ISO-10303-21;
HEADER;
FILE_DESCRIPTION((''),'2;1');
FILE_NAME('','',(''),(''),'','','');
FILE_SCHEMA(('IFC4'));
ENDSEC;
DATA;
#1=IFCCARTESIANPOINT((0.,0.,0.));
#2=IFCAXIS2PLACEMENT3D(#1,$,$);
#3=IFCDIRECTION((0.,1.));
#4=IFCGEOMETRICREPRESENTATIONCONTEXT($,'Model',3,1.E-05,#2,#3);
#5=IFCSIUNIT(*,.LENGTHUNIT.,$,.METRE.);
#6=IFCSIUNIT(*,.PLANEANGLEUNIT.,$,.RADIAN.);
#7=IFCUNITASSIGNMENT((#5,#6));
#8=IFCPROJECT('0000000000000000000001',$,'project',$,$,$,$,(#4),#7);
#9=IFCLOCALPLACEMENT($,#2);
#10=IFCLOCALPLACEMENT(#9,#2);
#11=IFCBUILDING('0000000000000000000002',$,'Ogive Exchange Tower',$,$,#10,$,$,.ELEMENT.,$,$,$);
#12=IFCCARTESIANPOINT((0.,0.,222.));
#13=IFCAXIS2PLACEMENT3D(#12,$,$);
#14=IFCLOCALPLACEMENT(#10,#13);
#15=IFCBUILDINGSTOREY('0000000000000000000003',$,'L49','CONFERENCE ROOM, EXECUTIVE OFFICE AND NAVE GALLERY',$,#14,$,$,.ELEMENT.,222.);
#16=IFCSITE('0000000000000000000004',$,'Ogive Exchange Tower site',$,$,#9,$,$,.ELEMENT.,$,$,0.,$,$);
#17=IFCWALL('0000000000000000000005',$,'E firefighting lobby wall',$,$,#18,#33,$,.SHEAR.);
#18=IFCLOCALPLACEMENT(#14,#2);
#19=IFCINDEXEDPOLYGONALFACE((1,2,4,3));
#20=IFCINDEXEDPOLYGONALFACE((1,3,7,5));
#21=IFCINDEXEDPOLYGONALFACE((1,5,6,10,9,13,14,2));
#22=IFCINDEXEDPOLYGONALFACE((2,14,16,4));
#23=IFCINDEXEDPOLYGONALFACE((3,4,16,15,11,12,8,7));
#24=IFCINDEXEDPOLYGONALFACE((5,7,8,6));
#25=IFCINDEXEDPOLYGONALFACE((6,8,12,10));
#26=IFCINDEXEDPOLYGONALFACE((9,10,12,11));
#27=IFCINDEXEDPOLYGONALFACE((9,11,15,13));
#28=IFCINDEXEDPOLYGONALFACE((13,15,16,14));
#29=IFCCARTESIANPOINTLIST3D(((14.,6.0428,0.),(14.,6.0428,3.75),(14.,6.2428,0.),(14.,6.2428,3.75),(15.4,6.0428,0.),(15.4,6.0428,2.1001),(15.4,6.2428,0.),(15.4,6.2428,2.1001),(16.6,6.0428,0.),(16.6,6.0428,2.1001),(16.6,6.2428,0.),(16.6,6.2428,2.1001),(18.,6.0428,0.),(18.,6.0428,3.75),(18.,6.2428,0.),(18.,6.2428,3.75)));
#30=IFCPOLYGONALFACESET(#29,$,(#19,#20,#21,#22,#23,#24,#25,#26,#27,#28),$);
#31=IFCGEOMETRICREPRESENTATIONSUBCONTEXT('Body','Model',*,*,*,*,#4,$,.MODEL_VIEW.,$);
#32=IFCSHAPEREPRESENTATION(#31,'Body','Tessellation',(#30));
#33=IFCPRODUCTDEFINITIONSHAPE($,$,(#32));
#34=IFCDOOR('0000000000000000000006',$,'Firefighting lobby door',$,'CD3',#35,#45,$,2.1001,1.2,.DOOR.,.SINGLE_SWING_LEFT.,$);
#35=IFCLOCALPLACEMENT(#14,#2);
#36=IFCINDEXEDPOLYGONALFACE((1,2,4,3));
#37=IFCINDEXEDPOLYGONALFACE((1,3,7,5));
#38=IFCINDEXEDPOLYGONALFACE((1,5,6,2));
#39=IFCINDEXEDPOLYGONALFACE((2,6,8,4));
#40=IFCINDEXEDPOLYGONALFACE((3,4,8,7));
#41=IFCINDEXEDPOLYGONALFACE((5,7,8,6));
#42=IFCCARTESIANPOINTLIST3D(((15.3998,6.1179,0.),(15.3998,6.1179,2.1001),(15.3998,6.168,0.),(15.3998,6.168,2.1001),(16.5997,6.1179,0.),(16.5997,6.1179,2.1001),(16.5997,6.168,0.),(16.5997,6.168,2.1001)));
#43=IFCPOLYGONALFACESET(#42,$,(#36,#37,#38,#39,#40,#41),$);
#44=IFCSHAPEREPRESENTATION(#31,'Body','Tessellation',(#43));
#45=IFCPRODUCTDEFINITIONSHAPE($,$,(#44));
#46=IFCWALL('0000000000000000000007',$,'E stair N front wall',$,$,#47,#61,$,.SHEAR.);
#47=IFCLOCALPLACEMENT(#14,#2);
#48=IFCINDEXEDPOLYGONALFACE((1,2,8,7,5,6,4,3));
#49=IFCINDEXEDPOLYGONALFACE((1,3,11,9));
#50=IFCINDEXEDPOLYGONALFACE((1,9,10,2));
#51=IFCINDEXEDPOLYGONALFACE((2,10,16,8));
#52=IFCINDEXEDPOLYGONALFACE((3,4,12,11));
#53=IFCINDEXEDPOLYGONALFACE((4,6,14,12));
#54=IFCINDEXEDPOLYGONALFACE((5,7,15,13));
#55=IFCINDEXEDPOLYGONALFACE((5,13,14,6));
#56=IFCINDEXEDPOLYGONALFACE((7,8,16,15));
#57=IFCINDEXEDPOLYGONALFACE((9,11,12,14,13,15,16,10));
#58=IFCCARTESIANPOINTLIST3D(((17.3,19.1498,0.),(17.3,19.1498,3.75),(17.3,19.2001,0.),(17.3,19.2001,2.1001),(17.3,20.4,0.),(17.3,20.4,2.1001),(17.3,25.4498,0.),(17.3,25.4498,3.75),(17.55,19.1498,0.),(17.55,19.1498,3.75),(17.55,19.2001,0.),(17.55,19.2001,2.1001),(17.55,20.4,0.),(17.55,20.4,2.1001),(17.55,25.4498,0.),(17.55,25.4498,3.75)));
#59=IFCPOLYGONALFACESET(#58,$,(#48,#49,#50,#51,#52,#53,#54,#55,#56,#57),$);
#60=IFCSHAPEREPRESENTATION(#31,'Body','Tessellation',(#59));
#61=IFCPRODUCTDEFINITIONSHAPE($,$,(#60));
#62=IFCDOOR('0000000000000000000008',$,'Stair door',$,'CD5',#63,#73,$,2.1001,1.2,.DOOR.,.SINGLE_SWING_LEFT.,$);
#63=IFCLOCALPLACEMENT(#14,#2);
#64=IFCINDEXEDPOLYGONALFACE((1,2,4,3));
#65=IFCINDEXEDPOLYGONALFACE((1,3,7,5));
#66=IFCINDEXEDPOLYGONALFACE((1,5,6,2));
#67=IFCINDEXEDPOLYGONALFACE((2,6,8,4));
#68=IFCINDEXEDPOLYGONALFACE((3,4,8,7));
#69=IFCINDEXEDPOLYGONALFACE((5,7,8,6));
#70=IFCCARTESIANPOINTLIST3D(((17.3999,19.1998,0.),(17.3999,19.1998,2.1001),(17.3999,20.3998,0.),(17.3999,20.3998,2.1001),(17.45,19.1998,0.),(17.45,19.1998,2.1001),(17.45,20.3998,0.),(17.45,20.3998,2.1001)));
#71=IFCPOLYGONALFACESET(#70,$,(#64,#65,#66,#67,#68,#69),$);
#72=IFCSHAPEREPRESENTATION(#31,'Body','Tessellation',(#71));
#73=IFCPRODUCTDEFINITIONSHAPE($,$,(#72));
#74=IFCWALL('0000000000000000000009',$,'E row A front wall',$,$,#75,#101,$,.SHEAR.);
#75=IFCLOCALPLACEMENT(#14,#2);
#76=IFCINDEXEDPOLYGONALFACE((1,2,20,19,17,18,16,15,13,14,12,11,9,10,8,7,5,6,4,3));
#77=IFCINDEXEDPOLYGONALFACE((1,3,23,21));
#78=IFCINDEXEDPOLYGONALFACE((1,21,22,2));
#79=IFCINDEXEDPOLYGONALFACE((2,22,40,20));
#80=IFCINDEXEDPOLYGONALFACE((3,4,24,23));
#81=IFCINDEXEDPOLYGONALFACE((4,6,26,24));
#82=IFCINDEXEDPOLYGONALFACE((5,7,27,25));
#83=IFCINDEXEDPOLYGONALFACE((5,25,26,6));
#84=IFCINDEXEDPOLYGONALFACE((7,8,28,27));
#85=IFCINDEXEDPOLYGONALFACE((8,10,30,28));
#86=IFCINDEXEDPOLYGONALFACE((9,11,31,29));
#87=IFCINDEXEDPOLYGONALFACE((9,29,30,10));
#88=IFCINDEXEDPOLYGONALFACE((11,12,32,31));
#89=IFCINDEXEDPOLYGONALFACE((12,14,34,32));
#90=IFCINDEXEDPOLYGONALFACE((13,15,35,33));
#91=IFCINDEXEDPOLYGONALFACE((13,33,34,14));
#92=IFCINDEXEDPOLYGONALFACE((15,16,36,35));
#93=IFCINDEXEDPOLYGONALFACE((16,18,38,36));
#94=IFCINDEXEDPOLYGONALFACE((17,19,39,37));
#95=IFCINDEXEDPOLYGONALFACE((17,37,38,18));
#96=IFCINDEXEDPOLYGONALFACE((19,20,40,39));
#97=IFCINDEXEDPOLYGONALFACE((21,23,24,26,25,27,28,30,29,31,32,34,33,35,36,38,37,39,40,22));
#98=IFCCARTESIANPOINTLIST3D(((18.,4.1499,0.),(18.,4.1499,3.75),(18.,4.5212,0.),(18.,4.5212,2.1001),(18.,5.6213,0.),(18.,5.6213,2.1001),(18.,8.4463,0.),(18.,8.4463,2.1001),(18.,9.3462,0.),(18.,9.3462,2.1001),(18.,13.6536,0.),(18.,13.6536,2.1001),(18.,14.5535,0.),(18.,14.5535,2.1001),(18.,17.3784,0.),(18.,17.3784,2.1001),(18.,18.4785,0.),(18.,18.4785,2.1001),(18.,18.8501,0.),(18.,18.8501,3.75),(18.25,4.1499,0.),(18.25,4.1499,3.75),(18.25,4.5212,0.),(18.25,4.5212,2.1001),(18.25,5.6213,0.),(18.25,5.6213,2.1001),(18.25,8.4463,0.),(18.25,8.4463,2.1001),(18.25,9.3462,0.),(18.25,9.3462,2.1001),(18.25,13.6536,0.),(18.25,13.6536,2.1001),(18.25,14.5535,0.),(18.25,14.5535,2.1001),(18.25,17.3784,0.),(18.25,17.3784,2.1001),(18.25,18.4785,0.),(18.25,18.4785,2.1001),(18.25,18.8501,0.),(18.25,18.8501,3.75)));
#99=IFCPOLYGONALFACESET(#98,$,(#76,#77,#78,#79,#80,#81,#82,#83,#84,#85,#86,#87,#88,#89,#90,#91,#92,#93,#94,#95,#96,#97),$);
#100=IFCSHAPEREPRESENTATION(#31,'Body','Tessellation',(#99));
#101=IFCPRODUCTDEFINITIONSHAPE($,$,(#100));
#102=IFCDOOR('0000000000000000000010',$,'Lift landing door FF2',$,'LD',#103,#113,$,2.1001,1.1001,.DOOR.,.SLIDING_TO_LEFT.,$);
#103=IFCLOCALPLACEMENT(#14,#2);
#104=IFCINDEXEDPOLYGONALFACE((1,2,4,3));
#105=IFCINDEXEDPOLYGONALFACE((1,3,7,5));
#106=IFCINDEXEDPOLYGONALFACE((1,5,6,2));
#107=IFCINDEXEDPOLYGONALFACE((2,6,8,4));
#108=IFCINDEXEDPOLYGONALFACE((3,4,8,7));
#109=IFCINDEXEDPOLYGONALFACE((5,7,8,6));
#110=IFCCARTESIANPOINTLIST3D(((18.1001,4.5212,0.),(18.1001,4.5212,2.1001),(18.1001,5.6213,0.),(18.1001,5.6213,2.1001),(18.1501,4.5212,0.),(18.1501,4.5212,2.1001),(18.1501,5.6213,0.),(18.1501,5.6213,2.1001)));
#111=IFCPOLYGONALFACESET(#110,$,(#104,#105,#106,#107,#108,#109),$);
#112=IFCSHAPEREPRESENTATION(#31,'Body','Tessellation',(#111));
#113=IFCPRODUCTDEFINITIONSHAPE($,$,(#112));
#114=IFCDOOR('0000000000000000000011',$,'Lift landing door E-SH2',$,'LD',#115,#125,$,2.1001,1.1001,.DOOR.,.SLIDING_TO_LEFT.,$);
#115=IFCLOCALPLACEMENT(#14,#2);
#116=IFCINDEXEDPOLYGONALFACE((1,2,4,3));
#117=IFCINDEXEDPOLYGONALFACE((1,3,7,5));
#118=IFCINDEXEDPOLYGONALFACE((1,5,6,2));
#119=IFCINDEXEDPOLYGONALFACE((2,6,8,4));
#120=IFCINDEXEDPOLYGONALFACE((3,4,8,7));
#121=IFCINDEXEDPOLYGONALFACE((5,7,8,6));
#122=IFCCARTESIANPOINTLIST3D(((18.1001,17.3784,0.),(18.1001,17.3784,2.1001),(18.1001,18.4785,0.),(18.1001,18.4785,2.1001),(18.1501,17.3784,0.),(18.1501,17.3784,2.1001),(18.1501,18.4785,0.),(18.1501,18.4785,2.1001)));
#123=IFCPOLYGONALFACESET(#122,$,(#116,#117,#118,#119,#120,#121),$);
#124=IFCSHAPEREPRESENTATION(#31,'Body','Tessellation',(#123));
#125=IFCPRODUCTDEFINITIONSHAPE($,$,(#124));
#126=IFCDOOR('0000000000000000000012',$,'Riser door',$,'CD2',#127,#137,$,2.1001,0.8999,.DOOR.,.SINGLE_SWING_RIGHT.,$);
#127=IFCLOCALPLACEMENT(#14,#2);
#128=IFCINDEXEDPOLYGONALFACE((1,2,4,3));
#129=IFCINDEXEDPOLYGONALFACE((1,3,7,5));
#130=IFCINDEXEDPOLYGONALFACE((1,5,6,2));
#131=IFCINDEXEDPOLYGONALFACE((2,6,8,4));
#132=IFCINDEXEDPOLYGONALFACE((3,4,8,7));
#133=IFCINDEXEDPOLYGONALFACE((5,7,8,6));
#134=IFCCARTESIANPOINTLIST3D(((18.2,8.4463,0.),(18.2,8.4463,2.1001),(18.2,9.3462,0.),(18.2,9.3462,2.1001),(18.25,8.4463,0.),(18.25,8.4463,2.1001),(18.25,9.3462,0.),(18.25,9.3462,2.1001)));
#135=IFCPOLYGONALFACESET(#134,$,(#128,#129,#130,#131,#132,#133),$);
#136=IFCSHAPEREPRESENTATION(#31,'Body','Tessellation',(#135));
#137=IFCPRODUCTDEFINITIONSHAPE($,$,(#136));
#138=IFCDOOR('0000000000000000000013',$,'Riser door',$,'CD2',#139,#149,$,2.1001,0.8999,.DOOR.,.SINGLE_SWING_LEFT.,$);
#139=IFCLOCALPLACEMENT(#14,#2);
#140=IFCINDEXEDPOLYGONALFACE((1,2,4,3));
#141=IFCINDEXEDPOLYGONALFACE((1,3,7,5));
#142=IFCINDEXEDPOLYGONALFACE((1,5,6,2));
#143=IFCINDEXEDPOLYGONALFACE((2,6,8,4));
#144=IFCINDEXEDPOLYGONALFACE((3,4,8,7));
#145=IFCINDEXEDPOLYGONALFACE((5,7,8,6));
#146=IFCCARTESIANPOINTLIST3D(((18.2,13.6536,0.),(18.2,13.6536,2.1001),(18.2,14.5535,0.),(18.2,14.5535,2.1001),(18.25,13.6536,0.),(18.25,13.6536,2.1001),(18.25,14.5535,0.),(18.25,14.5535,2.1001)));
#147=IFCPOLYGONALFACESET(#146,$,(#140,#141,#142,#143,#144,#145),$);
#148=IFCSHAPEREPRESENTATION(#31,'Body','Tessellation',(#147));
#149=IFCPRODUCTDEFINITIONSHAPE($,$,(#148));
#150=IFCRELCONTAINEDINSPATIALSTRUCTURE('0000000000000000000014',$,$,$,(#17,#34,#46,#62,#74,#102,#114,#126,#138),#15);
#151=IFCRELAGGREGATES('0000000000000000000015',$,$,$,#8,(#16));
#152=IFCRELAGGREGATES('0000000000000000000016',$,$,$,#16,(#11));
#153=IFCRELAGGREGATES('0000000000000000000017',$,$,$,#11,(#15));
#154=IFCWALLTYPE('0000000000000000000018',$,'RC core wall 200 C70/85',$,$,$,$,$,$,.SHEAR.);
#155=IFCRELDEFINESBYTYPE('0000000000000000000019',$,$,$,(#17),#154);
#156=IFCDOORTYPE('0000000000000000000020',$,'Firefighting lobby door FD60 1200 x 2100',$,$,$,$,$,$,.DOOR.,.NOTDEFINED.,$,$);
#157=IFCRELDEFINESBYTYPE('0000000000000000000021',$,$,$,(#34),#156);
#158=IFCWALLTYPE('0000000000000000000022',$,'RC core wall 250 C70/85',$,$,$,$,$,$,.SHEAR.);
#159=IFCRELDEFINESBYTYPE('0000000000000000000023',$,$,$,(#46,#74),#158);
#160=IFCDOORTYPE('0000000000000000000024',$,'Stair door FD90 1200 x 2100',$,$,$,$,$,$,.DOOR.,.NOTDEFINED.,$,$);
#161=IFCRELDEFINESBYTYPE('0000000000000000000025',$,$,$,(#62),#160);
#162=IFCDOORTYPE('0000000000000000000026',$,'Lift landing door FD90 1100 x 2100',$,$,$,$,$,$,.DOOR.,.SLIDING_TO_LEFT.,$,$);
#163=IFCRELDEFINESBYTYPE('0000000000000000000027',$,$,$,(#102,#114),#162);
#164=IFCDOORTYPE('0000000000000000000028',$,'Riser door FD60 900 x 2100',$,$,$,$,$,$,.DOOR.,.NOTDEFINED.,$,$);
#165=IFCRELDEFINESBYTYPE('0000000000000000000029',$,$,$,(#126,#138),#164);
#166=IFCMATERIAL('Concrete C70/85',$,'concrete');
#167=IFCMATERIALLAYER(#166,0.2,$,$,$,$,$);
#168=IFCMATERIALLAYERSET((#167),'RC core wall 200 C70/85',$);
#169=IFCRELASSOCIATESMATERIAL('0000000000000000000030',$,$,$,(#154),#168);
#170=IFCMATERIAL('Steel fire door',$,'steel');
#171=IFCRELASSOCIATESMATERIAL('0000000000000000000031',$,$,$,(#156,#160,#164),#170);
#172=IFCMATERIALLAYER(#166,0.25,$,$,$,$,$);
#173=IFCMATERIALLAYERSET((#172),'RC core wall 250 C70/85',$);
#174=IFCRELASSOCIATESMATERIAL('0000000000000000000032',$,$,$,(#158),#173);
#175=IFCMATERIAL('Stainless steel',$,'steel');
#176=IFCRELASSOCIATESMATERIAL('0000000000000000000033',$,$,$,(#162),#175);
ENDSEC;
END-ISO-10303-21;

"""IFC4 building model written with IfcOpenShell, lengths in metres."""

from ifc_helpers import new_model, si_unit, direction, frame, frame_2d, origin, place, context, subcontext, project, spatial, rectangle, extrude, material, layer, layer_set, type_object, element, fill, save


model = new_model("IFC4")

# Units and contexts
model_context = context("Model", 3, precision=1e-05, world=origin(), true_north=direction((0.0, 1.0)))
body_context = subcontext(model_context, "Body", "Model", "MODEL_VIEW")
ifc_project = project(units=[si_unit("LENGTHUNIT", "METRE"), si_unit("PLANEANGLEUNIT", "RADIAN")], contexts=[model_context])

# Site, building, storey
site_placement = place(None, origin())
site = spatial("IfcSite", under=ifc_project, at=site_placement, Name="Ogive Exchange Tower site", CompositionType="ELEMENT", RefElevation=0.0)
building_placement = place(site_placement, origin())
building = spatial("IfcBuilding", under=site, at=building_placement, Name="Ogive Exchange Tower", CompositionType="ELEMENT")
storey_placement = place(building_placement, frame((0.0, 0.0, 222.0)))
storey = spatial("IfcBuildingStorey", under=building, at=storey_placement, Name="L49", Description="CONFERENCE ROOM, EXECUTIVE OFFICE AND NAVE GALLERY", CompositionType="ELEMENT", Elevation=222.0)

# Walls, openings, doors
ifc_material_1 = material(Name="Concrete C70/85", Category="concrete")
ifc_layer_1 = layer(ifc_material_1, 0.2)
ifc_layer_set_1 = layer_set([ifc_layer_1], Name="RC core wall 200 C70/85")
wall_type_1 = type_object("IfcWallType", Name="RC core wall 200 C70/85", PredefinedType="SHEAR", material=ifc_layer_set_1)
wall_1_placement = place(storey_placement, frame((14.0, 6.1428, 0.0), z_axis=(0.0, 0.0, 1.0), x_axis=(1.0, 0.0, 0.0)))
wall_1 = element("IfcWall", 1, at=wall_1_placement, inside=storey, type_object=wall_type_1, Name="E firefighting lobby wall", PredefinedType="SHEAR", context=body_context, shape_type="SweptSolid", body=[
    extrude(rectangle(XDim=4.0, YDim=0.2, at=frame_2d((2.0, 0.0))), origin(), (0.0, 0.0, 1.0), 3.75),
])
opening_1_placement = place(wall_1_placement, frame((1.3999, 0.0, 0.0)))
opening_1 = element("IfcOpeningElement", 2, at=opening_1_placement, cuts=wall_1, PredefinedType="OPENING", context=body_context, shape_type="SweptSolid", body=[
    extrude(rectangle(XDim=1.2, YDim=2.1001, at=frame_2d((0.6001, 1.05))), frame((0.0, 0.1099, 0.0), z_axis=(0.0, -1.0, 0.0), x_axis=(1.0, 0.0, 0.0)), (0.0, 0.0, 1.0), 0.22),
])
ifc_material_2 = material(Name="Steel fire door", Category="steel")
door_type_1 = type_object("IfcDoorType", Name="Firefighting lobby door FD60 1200 x 2100", OperationType="NOTDEFINED", PredefinedType="DOOR", material=ifc_material_2)
door_1_placement = place(opening_1_placement, frame((1.2, 0.0, 0.0), z_axis=(0.0, 0.0, 1.0), x_axis=(-1.0, 0.0, 0.0)))
door_1 = element("IfcDoor", 3, at=door_1_placement, inside=storey, type_object=door_type_1, Name="Firefighting lobby door", ObjectType="CD3", OperationType="SINGLE_SWING_LEFT", OverallHeight=2.1001, OverallWidth=1.2, PredefinedType="DOOR", context=body_context, shape_type="SweptSolid", body=[
    extrude(rectangle(XDim=1.2, YDim=2.1001, at=frame_2d((0.6001, 1.05))), frame((0.0, 0.0249, 0.0), z_axis=(0.0, -1.0, 0.0), x_axis=(1.0, 0.0, 0.0)), (0.0, 0.0, 1.0), 0.05),
])
fill(opening_1, door_1)
ifc_layer_2 = layer(ifc_material_1, 0.25)
ifc_layer_set_2 = layer_set([ifc_layer_2], Name="RC core wall 250 C70/85")
wall_type_2 = type_object("IfcWallType", Name="RC core wall 250 C70/85", PredefinedType="SHEAR", material=ifc_layer_set_2)
wall_2_placement = place(storey_placement, frame((17.425, 19.1499, 0.0), z_axis=(0.0, 0.0, 1.0), x_axis=(0.0, 1.0, 0.0)))
wall_2 = element("IfcWall", 4, at=wall_2_placement, inside=storey, type_object=wall_type_2, Name="E stair N front wall", PredefinedType="SHEAR", context=body_context, shape_type="SweptSolid", body=[
    extrude(rectangle(XDim=6.3, YDim=0.25, at=frame_2d((3.1499, 0.0))), origin(), (0.0, 0.0, 1.0), 3.75),
])
opening_2_placement = place(wall_2_placement, frame((0.05, 0.0, 0.0)))
opening_2 = element("IfcOpeningElement", 5, at=opening_2_placement, cuts=wall_2, PredefinedType="OPENING", context=body_context, shape_type="SweptSolid", body=[
    extrude(rectangle(XDim=1.2, YDim=2.1001, at=frame_2d((0.6001, 1.05))), frame((0.0, 0.135, 0.0), z_axis=(0.0, -1.0, 0.0), x_axis=(1.0, 0.0, 0.0)), (0.0, 0.0, 1.0), 0.27),
])
door_type_2 = type_object("IfcDoorType", Name="Stair door FD90 1200 x 2100", OperationType="NOTDEFINED", PredefinedType="DOOR", material=ifc_material_2)
door_2_placement = place(opening_2_placement, frame((1.2, 0.0, 0.0), z_axis=(0.0, 0.0, 1.0), x_axis=(-1.0, 0.0, 0.0)))
door_2 = element("IfcDoor", 6, at=door_2_placement, inside=storey, type_object=door_type_2, Name="Stair door", ObjectType="CD5", OperationType="SINGLE_SWING_LEFT", OverallHeight=2.1001, OverallWidth=1.2, PredefinedType="DOOR", context=body_context, shape_type="SweptSolid", body=[
    extrude(rectangle(XDim=1.2, YDim=2.1001, at=frame_2d((0.6001, 1.05))), frame((0.0, 0.0249, 0.0), z_axis=(0.0, -1.0, 0.0), x_axis=(1.0, 0.0, 0.0)), (0.0, 0.0, 1.0), 0.05),
])
fill(opening_2, door_2)

# Wall, openings, doors
wall_3_placement = place(storey_placement, frame((18.125, 4.1499, 0.0), z_axis=(0.0, 0.0, 1.0), x_axis=(0.0, 1.0, 0.0)))
wall_3 = element("IfcWall", 7, at=wall_3_placement, inside=storey, type_object=wall_type_2, Name="E row A front wall", PredefinedType="SHEAR", context=body_context, shape_type="SweptSolid", body=[
    extrude(rectangle(XDim=14.7002, YDim=0.25, at=frame_2d((7.3501, 0.0))), origin(), (0.0, 0.0, 1.0), 3.75),
])
opening_3_placement = place(wall_3_placement, frame((4.2964, 0.0, 0.0)))
opening_3 = element("IfcOpeningElement", 8, at=opening_3_placement, cuts=wall_3, PredefinedType="OPENING", context=body_context, shape_type="SweptSolid", body=[
    extrude(rectangle(XDim=0.8999, YDim=2.1001, at=frame_2d((0.45, 1.05))), frame((0.0, 0.135, 0.0), z_axis=(0.0, -1.0, 0.0), x_axis=(1.0, 0.0, 0.0)), (0.0, 0.0, 1.0), 0.27),
])
opening_4_placement = place(wall_3_placement, frame((9.5037, 0.0, 0.0)))
opening_4 = element("IfcOpeningElement", 9, at=opening_4_placement, cuts=wall_3, PredefinedType="OPENING", context=body_context, shape_type="SweptSolid", body=[
    extrude(rectangle(XDim=0.8999, YDim=2.1001, at=frame_2d((0.45, 1.05))), frame((0.0, 0.135, 0.0), z_axis=(0.0, -1.0, 0.0), x_axis=(1.0, 0.0, 0.0)), (0.0, 0.0, 1.0), 0.27),
])
opening_5_placement = place(wall_3_placement, frame((0.3713, 0.0, 0.0)))
opening_5 = element("IfcOpeningElement", 10, at=opening_5_placement, cuts=wall_3, PredefinedType="OPENING", context=body_context, shape_type="SweptSolid", body=[
    extrude(rectangle(XDim=1.1001, YDim=2.1001, at=frame_2d((0.55, 1.05))), frame((0.0, 0.135, 0.0), z_axis=(0.0, -1.0, 0.0), x_axis=(1.0, 0.0, 0.0)), (0.0, 0.0, 1.0), 0.27),
])
opening_6_placement = place(wall_3_placement, frame((13.2285, 0.0, 0.0)))
opening_6 = element("IfcOpeningElement", 11, at=opening_6_placement, cuts=wall_3, PredefinedType="OPENING", context=body_context, shape_type="SweptSolid", body=[
    extrude(rectangle(XDim=1.1001, YDim=2.1001, at=frame_2d((0.55, 1.05))), frame((0.0, 0.135, 0.0), z_axis=(0.0, -1.0, 0.0), x_axis=(1.0, 0.0, 0.0)), (0.0, 0.0, 1.0), 0.27),
])
ifc_material_3 = material(Name="Stainless steel", Category="steel")
door_type_3 = type_object("IfcDoorType", Name="Lift landing door FD90 1100 x 2100", OperationType="SLIDING_TO_LEFT", PredefinedType="DOOR", material=ifc_material_3)
door_3_placement = place(opening_5_placement, origin())
door_3 = element("IfcDoor", 12, at=door_3_placement, inside=storey, type_object=door_type_3, Name="Lift landing door FF2", ObjectType="LD", OperationType="SLIDING_TO_LEFT", OverallHeight=2.1001, OverallWidth=1.1001, PredefinedType="DOOR", context=body_context, shape_type="SweptSolid", body=[
    extrude(rectangle(XDim=1.1001, YDim=2.1001, at=frame_2d((0.55, 1.05))), frame((0.0, 0.0249, 0.0), z_axis=(0.0, -1.0, 0.0), x_axis=(1.0, 0.0, 0.0)), (0.0, 0.0, 1.0), 0.05),
])
fill(opening_5, door_3)
door_4_placement = place(opening_6_placement, origin())
door_4 = element("IfcDoor", 13, at=door_4_placement, inside=storey, type_object=door_type_3, Name="Lift landing door E-SH2", ObjectType="LD", OperationType="SLIDING_TO_LEFT", OverallHeight=2.1001, OverallWidth=1.1001, PredefinedType="DOOR", context=body_context, shape_type="SweptSolid", body=[
    extrude(rectangle(XDim=1.1001, YDim=2.1001, at=frame_2d((0.55, 1.05))), frame((0.0, 0.0249, 0.0), z_axis=(0.0, -1.0, 0.0), x_axis=(1.0, 0.0, 0.0)), (0.0, 0.0, 1.0), 0.05),
])
fill(opening_6, door_4)
door_type_4 = type_object("IfcDoorType", Name="Riser door FD60 900 x 2100", OperationType="NOTDEFINED", PredefinedType="DOOR", material=ifc_material_2)
door_5_placement = place(opening_3_placement, frame((0.8999, -0.2002, 0.0), z_axis=(0.0, 0.0, 1.0), x_axis=(-1.0, 0.0, 0.0)))
door_5 = element("IfcDoor", 14, at=door_5_placement, inside=storey, type_object=door_type_4, Name="Riser door", ObjectType="CD2", OperationType="SINGLE_SWING_RIGHT", OverallHeight=2.1001, OverallWidth=0.8999, PredefinedType="DOOR", context=body_context, shape_type="SweptSolid", body=[
    extrude(rectangle(XDim=0.8999, YDim=2.1001, at=frame_2d((0.45, 1.05))), frame((0.0, -0.0752, 0.0), z_axis=(0.0, -1.0, 0.0), x_axis=(1.0, 0.0, 0.0)), (0.0, 0.0, 1.0), 0.05),
])
fill(opening_3, door_5)
door_6_placement = place(opening_4_placement, frame((0.8999, -0.2002, 0.0), z_axis=(0.0, 0.0, 1.0), x_axis=(-1.0, 0.0, 0.0)))
door_6 = element("IfcDoor", 15, at=door_6_placement, inside=storey, type_object=door_type_4, Name="Riser door", ObjectType="CD2", OperationType="SINGLE_SWING_LEFT", OverallHeight=2.1001, OverallWidth=0.8999, PredefinedType="DOOR", context=body_context, shape_type="SweptSolid", body=[
    extrude(rectangle(XDim=0.8999, YDim=2.1001, at=frame_2d((0.45, 1.05))), frame((0.0, -0.0752, 0.0), z_axis=(0.0, -1.0, 0.0), x_axis=(1.0, 0.0, 0.0)), (0.0, 0.0, 1.0), 0.05),
])
fill(opening_4, door_6)

save(model, "model.ifc")
